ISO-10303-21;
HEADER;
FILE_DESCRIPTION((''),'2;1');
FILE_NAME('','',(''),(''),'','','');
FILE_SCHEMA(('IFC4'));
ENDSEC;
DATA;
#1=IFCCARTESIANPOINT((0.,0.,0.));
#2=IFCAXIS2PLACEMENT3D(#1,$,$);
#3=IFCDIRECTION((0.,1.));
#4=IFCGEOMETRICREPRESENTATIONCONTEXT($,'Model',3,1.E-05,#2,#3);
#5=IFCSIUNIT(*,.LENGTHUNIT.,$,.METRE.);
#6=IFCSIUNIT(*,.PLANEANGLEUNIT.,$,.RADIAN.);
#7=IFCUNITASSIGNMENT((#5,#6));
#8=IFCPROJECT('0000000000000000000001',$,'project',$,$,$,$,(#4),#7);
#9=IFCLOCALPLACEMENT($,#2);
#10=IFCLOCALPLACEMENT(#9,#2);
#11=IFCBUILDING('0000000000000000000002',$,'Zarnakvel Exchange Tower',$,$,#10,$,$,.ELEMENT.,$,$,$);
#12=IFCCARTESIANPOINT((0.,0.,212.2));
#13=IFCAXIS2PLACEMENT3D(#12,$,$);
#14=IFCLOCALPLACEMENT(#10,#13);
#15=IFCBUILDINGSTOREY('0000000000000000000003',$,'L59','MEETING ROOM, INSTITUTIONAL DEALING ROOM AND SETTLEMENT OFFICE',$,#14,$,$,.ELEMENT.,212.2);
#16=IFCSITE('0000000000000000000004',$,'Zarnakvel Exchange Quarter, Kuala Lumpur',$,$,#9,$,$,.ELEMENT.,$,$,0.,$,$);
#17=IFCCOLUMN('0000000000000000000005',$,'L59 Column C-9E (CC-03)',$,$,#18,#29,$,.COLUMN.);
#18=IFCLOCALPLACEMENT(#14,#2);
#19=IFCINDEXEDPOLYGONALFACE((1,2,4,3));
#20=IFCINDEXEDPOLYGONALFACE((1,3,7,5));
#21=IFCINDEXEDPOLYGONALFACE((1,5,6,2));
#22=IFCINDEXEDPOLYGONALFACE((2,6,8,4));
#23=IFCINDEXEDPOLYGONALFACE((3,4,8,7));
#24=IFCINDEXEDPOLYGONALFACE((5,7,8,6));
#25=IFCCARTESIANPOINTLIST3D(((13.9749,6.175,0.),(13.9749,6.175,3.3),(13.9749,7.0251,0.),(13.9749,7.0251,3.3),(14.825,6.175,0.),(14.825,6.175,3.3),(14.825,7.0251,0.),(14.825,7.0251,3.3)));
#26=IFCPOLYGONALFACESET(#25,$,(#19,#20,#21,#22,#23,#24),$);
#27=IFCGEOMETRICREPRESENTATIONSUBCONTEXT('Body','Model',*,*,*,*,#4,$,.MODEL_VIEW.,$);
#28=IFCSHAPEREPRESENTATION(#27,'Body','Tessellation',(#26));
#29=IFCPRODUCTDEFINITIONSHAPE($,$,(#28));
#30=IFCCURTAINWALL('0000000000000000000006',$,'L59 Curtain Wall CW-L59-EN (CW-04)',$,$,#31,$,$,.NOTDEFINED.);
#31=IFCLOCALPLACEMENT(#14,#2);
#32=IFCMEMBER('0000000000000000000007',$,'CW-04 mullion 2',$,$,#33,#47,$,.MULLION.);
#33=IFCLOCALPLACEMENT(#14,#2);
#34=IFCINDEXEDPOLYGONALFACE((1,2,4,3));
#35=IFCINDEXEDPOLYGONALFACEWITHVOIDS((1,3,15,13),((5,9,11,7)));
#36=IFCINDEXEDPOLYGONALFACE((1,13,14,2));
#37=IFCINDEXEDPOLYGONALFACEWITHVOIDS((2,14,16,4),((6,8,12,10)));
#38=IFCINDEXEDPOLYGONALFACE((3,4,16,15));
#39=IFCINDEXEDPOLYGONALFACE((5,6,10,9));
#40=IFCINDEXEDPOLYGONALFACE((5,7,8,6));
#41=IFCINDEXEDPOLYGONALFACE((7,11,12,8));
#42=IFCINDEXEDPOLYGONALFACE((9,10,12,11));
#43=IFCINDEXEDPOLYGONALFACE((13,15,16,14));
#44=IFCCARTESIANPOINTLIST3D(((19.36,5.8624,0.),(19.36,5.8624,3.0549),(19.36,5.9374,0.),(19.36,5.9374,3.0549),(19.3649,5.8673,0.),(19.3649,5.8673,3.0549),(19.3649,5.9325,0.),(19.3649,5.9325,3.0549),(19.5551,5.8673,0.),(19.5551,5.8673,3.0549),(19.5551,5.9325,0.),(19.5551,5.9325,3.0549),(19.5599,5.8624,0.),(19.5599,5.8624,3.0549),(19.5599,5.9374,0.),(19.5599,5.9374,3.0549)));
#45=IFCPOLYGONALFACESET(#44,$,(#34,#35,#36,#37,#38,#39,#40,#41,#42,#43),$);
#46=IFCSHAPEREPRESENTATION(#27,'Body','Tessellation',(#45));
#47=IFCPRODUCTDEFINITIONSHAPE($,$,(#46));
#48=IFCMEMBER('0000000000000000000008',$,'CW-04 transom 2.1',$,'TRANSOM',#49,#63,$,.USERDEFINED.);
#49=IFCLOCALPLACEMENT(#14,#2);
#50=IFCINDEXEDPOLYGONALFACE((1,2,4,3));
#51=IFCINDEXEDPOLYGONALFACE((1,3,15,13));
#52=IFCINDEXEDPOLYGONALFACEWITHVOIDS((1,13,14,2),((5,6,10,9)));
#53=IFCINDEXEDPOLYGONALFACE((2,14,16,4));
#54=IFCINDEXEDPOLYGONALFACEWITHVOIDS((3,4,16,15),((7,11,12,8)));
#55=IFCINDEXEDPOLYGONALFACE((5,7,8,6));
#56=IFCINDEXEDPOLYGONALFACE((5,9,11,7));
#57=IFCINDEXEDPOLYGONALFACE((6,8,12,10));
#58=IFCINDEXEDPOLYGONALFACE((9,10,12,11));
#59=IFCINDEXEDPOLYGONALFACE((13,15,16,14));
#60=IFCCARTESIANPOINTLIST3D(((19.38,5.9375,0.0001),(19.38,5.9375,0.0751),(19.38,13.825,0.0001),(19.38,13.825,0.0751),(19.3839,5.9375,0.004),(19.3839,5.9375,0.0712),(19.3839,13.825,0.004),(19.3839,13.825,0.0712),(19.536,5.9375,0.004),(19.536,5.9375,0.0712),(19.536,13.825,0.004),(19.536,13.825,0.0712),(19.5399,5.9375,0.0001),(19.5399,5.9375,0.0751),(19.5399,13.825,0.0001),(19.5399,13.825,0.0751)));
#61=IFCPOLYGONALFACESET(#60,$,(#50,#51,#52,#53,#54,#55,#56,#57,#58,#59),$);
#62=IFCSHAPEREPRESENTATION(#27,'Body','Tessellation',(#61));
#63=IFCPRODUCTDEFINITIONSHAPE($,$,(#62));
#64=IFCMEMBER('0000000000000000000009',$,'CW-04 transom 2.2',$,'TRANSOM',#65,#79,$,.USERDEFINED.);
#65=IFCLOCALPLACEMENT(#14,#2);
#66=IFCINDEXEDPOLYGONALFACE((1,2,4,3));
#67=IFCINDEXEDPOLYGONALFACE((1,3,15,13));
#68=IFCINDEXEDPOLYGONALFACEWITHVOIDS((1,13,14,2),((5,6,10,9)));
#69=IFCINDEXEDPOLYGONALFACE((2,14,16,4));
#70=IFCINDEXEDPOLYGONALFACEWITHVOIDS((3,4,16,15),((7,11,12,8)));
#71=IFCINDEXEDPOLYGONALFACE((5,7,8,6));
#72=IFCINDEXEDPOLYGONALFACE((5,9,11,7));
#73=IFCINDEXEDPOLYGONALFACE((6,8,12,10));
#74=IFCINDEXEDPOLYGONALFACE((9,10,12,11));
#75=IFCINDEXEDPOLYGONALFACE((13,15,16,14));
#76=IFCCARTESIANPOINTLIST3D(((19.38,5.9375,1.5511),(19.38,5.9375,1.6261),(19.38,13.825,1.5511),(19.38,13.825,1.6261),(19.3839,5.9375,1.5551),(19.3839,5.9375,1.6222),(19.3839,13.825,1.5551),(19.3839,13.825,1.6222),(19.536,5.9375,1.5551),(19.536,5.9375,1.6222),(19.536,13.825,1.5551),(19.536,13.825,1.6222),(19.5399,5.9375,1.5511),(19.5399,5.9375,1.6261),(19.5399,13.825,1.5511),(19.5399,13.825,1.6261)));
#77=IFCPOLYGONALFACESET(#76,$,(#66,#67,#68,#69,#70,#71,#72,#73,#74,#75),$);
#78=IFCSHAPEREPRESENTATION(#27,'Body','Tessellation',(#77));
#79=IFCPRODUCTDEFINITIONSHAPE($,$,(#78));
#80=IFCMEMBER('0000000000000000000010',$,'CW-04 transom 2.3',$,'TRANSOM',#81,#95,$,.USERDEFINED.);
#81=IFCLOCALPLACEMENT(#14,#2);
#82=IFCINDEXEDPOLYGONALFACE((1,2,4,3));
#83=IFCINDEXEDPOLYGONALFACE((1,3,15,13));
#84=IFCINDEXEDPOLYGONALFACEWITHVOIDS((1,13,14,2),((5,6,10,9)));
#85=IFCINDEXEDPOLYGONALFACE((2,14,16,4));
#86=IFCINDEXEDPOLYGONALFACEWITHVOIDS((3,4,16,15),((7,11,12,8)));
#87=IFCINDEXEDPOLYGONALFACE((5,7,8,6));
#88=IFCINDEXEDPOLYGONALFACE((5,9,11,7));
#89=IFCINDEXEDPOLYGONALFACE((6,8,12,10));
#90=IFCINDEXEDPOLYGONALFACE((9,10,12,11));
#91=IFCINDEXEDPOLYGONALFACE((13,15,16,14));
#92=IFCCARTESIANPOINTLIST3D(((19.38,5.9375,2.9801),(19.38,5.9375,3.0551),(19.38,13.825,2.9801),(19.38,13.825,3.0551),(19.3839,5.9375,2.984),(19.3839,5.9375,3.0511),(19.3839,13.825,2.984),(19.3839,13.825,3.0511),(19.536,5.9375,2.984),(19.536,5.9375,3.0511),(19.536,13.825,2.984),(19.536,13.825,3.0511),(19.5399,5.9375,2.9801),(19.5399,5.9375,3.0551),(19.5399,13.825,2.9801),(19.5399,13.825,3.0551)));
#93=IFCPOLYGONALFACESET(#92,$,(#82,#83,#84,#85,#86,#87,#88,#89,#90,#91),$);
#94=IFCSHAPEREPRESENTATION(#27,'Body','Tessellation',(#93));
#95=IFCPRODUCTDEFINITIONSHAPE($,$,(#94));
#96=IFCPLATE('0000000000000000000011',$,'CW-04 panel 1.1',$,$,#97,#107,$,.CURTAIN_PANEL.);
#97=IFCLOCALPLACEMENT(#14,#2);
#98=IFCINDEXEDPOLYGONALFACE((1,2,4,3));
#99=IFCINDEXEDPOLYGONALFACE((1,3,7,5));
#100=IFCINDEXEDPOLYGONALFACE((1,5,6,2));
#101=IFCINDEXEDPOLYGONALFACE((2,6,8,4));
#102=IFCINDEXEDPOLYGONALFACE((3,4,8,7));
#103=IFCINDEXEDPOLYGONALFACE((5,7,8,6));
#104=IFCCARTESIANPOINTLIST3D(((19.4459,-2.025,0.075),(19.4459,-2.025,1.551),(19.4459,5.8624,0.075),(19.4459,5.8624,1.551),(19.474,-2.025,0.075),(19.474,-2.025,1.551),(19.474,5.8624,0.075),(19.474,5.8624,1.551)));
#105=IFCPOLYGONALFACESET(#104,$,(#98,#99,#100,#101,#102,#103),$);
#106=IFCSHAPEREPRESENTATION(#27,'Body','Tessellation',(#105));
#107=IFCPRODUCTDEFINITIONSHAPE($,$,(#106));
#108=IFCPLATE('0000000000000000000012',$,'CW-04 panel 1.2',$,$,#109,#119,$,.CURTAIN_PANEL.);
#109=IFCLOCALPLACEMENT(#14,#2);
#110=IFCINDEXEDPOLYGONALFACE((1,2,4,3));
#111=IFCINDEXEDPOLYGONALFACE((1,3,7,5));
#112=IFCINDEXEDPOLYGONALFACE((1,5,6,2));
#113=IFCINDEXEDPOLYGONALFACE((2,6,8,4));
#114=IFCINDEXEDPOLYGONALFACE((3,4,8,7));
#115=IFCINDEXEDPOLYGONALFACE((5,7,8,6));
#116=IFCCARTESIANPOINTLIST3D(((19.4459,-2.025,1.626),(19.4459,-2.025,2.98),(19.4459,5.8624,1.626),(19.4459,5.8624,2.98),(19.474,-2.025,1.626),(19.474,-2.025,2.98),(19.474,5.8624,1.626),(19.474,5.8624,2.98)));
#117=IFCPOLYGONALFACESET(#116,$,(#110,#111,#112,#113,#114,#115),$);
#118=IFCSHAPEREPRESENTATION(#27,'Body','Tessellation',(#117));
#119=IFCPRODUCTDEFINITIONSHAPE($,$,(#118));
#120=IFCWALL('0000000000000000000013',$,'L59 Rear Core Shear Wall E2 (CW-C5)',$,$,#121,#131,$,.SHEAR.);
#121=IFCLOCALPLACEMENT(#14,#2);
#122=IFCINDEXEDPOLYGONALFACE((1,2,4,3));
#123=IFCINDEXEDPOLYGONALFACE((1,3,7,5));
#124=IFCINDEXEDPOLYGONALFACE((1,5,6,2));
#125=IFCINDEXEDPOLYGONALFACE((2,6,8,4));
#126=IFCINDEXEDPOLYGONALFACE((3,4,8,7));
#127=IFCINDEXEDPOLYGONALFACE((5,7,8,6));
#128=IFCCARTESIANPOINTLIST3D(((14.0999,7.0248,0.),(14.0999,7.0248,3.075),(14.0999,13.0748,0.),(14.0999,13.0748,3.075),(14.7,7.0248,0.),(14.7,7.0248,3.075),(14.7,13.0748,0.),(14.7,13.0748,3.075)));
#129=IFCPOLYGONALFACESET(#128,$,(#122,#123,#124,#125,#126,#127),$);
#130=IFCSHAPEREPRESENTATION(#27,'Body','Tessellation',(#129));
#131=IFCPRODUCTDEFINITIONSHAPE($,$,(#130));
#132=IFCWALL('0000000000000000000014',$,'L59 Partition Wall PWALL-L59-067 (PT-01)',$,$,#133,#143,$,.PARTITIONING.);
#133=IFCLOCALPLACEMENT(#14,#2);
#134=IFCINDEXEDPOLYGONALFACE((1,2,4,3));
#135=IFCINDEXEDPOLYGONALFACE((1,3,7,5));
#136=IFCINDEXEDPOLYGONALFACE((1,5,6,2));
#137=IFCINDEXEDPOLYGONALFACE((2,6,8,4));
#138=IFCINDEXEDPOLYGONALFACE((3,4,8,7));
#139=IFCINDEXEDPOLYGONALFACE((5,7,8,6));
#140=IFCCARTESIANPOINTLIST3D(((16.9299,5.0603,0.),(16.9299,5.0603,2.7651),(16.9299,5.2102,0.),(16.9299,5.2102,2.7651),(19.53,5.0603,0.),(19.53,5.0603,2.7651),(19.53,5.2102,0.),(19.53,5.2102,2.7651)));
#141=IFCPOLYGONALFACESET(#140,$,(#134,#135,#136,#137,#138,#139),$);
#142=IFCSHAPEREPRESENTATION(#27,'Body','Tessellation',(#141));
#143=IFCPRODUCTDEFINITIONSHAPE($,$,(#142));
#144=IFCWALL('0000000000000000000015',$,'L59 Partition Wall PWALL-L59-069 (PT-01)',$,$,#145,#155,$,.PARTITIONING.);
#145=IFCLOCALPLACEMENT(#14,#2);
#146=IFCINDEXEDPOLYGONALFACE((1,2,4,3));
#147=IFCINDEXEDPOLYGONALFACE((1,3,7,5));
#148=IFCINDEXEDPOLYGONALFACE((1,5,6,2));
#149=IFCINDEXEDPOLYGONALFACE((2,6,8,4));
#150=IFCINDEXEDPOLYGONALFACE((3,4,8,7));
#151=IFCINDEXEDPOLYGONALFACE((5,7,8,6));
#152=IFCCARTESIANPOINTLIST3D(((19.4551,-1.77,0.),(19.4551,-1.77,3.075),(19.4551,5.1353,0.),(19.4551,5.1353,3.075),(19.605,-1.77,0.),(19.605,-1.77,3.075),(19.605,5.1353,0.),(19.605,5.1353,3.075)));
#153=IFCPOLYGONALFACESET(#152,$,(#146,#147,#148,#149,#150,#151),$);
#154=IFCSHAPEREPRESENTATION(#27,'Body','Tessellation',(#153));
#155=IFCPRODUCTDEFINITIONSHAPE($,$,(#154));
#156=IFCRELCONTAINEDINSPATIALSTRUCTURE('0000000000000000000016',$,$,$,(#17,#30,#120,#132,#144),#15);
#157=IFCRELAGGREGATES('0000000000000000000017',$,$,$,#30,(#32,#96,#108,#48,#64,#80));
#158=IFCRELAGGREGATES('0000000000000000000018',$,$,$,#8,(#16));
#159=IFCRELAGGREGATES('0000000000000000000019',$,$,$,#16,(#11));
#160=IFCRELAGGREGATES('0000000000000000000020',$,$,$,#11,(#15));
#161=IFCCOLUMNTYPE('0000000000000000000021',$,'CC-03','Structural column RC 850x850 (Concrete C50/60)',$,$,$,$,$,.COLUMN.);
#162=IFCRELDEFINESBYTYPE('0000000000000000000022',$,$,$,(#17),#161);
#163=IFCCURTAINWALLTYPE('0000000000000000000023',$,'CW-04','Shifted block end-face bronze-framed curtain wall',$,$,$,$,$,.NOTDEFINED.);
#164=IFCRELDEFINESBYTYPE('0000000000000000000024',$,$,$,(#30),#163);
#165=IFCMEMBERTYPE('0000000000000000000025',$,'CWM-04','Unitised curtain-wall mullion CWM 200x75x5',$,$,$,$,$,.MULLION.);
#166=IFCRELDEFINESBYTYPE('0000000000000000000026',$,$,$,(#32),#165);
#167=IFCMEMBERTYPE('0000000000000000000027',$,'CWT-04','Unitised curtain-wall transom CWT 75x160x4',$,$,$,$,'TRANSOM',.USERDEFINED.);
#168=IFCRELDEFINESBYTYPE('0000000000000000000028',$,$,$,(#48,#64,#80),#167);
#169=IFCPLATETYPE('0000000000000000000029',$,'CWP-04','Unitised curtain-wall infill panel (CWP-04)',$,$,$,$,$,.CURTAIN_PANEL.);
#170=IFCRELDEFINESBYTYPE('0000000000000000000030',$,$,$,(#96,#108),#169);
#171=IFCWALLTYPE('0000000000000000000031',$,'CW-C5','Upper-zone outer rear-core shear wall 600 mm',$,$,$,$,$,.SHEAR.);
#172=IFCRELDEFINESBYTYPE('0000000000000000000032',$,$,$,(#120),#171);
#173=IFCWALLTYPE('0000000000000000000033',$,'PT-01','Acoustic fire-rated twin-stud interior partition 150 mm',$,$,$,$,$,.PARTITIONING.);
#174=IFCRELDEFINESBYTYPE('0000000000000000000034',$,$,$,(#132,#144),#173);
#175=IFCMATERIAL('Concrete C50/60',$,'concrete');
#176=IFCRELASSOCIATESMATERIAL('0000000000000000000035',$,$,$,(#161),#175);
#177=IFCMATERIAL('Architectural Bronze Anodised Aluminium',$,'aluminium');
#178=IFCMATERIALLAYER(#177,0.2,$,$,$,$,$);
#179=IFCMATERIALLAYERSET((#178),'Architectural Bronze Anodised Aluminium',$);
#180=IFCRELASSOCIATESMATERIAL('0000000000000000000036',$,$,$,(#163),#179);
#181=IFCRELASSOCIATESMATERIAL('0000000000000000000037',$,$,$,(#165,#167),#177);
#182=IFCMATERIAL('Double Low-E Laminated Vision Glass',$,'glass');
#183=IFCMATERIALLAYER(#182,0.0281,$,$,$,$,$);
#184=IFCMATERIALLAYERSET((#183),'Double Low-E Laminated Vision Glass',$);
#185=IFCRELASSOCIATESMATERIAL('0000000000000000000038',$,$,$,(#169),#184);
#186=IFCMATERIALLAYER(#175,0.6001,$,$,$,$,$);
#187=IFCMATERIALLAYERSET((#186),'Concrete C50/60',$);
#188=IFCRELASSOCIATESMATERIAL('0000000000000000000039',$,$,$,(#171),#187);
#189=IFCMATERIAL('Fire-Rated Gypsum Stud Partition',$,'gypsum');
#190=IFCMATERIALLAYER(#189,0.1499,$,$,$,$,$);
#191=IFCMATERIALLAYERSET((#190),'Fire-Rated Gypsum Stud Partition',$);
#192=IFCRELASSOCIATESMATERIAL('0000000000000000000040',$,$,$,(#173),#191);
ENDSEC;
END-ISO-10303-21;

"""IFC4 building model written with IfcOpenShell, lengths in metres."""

from ifc_helpers import new_model, si_unit, direction, frame, frame_2d, origin, origin_2d, place, context, subcontext, project, spatial, rectangle, hollow_rectangle, extrude, source, transform, mapped, material, layer, layer_set, material_profile, profile_set, type_object, element, aggregate, save


model = new_model("IFC4")

# Units and contexts
model_context = context("Model", 3, precision=1e-05, world=origin(), true_north=direction((0.0, 1.0)))
body_context = subcontext(model_context, "Body", "Model", "MODEL_VIEW")
ifc_project = project(units=[si_unit("LENGTHUNIT", "METRE"), si_unit("PLANEANGLEUNIT", "RADIAN")], contexts=[model_context])

# Site, building, storey
site_placement = place(None, origin())
site = spatial("IfcSite", under=ifc_project, at=site_placement, Name="Zarnakvel Exchange Quarter, Kuala Lumpur", CompositionType="ELEMENT", RefElevation=0.0)
building_placement = place(site_placement, origin())
building = spatial("IfcBuilding", under=site, at=building_placement, Name="Zarnakvel Exchange Tower", CompositionType="ELEMENT")
storey_placement = place(building_placement, frame((0.0, 0.0, 212.2)))
storey = spatial("IfcBuildingStorey", under=building, at=storey_placement, Name="L59", Description="MEETING ROOM, INSTITUTIONAL DEALING ROOM AND SETTLEMENT OFFICE", CompositionType="ELEMENT", Elevation=212.2)

# Column
ifc_material_1 = material(Name="Concrete C50/60", Category="concrete")
ifc_material_profile_1 = material_profile(ifc_material_1, rectangle(XDim=0.8501, YDim=0.8501, at=origin_2d()))
ifc_profile_set_1 = profile_set([ifc_material_profile_1], Name="Concrete C50/60")
column_type = type_object("IfcColumnType", Name="CC-03", Description="Structural column RC 850x850 (Concrete C50/60)", PredefinedType="COLUMN", material=ifc_profile_set_1)
column_placement = place(storey_placement, frame((14.3999, 6.6001, 0.0), z_axis=(0.0, 0.0, 1.0), x_axis=(1.0, 0.0, 0.0)))
element("IfcColumn", 1, at=column_placement, inside=storey, type_object=column_type, Name="L59 Column C-9E (CC-03)", PredefinedType="COLUMN", context=body_context, shape_type="SweptSolid", body=[
    extrude(rectangle(XDim=0.8501, YDim=0.8501, at=origin_2d()), origin(), (0.0, 0.0, 1.0), 3.3),
])

# Curtain wall, members, plates
ifc_material_2 = material(Name="Architectural Bronze Anodised Aluminium", Category="aluminium")
ifc_layer_1 = layer(ifc_material_2, 0.2)
ifc_layer_set_1 = layer_set([ifc_layer_1], Name="Architectural Bronze Anodised Aluminium")
curtain_wall_type = type_object("IfcCurtainWallType", Name="CW-04", Description="Shifted block end-face bronze-framed curtain wall", PredefinedType="NOTDEFINED", material=ifc_layer_set_1)
curtain_wall_placement = place(storey_placement, origin())
curtain_wall = element("IfcCurtainWall", 2, at=curtain_wall_placement, inside=storey, type_object=curtain_wall_type, Name="L59 Curtain Wall CW-L59-EN (CW-04)", PredefinedType="NOTDEFINED")
ifc_material_profile_2 = material_profile(ifc_material_2, hollow_rectangle(XDim=0.2, YDim=0.075, WallThickness=0.0049, at=origin_2d()))
ifc_profile_set_2 = profile_set([ifc_material_profile_2], Name="Architectural Bronze Anodised Aluminium")
member_type_1 = type_object("IfcMemberType", Name="CWM-04", Description="Unitised curtain-wall mullion CWM 200x75x5", PredefinedType="MULLION", material=ifc_profile_set_2)
shared_shape_1 = source(origin(), body_context, "Body", "SweptSolid", [
    extrude(hollow_rectangle(XDim=0.2, YDim=0.075, WallThickness=0.0049, at=origin_2d()), origin(), (0.0, 0.0, 1.0), 3.0549),
])
member_1_placement = place(storey_placement, frame((19.46, 5.8999, 0.0), z_axis=(0.0, 0.0, 1.0), x_axis=(-1.0, 0.0, 0.0)))
member_1 = element("IfcMember", 3, at=member_1_placement, type_object=member_type_1, Name="CW-04 mullion 2", PredefinedType="MULLION", context=body_context, shape_type="MappedRepresentation", body=[
    mapped(shared_shape_1, transform((0.0, 0.0, 0.0), x_axis=(1.0, 0.0, 0.0), y_axis=(0.0, 1.0, 0.0), z_axis=(0.0, 0.0, 1.0), scale=1.0)),
])
ifc_material_profile_3 = material_profile(ifc_material_2, hollow_rectangle(XDim=0.1599, YDim=0.075, WallThickness=0.0039, at=origin_2d()))
ifc_profile_set_3 = profile_set([ifc_material_profile_3], Name="Architectural Bronze Anodised Aluminium")
member_type_2 = type_object("IfcMemberType", Name="CWT-04", Description="Unitised curtain-wall transom CWT 75x160x4", ElementType="TRANSOM", PredefinedType="USERDEFINED", material=ifc_profile_set_3)
shared_shape_2 = source(origin(), body_context, "Body", "SweptSolid", [
    extrude(hollow_rectangle(XDim=0.1599, YDim=0.075, WallThickness=0.0039, at=origin_2d()), origin(), (0.0, 0.0, 1.0), 7.8875),
])
member_2_placement = place(storey_placement, frame((19.46, 5.9375, 0.0376), z_axis=(0.0, 1.0, 0.0), x_axis=(-1.0, 0.0, 0.0)))
member_2 = element("IfcMember", 4, at=member_2_placement, type_object=member_type_2, Name="CW-04 transom 2.1", ObjectType="TRANSOM", PredefinedType="USERDEFINED", context=body_context, shape_type="MappedRepresentation", body=[
    mapped(shared_shape_2, transform((0.0, 0.0, 0.0), x_axis=(1.0, 0.0, 0.0), y_axis=(0.0, 1.0, 0.0), z_axis=(0.0, 0.0, 1.0), scale=1.0)),
])
member_3_placement = place(storey_placement, frame((19.46, 5.9375, 1.5886), z_axis=(0.0, 1.0, 0.0), x_axis=(-1.0, 0.0, 0.0)))
member_3 = element("IfcMember", 5, at=member_3_placement, type_object=member_type_2, Name="CW-04 transom 2.2", ObjectType="TRANSOM", PredefinedType="USERDEFINED", context=body_context, shape_type="MappedRepresentation", body=[
    mapped(shared_shape_2, transform((0.0, 0.0, 0.0), x_axis=(1.0, 0.0, 0.0), y_axis=(0.0, 1.0, 0.0), z_axis=(0.0, 0.0, 1.0), scale=1.0)),
])
member_4_placement = place(storey_placement, frame((19.46, 5.9375, 3.0176), z_axis=(0.0, 1.0, 0.0), x_axis=(-1.0, 0.0, 0.0)))
member_4 = element("IfcMember", 6, at=member_4_placement, type_object=member_type_2, Name="CW-04 transom 2.3", ObjectType="TRANSOM", PredefinedType="USERDEFINED", context=body_context, shape_type="MappedRepresentation", body=[
    mapped(shared_shape_2, transform((0.0, 0.0, 0.0), x_axis=(1.0, 0.0, 0.0), y_axis=(0.0, 1.0, 0.0), z_axis=(0.0, 0.0, 1.0), scale=1.0)),
])
ifc_material_3 = material(Name="Double Low-E Laminated Vision Glass", Category="glass")
ifc_layer_2 = layer(ifc_material_3, 0.0281)
ifc_layer_set_2 = layer_set([ifc_layer_2], Name="Double Low-E Laminated Vision Glass")
plate_type = type_object("IfcPlateType", Name="CWP-04", Description="Unitised curtain-wall infill panel (CWP-04)", PredefinedType="CURTAIN_PANEL", material=ifc_layer_set_2)
shared_shape_3 = source(origin(), body_context, "Body", "SweptSolid", [
    extrude(rectangle(XDim=7.8875, YDim=0.0281, at=origin_2d()), origin(), (0.0, 0.0, 1.0), 1.4761),
])
plate_1_placement = place(storey_placement, frame((19.46, 1.9187, 0.075), z_axis=(0.0, 0.0, 1.0), x_axis=(0.0, 1.0, 0.0)))
plate_1 = element("IfcPlate", 7, at=plate_1_placement, type_object=plate_type, Name="CW-04 panel 1.1", PredefinedType="CURTAIN_PANEL", context=body_context, shape_type="MappedRepresentation", body=[
    mapped(shared_shape_3, transform((0.0, 0.0, 0.0), x_axis=(1.0, 0.0, 0.0), y_axis=(0.0, 1.0, 0.0), z_axis=(0.0, 0.0, 1.0), scale=1.0)),
])
shared_shape_4 = source(origin(), body_context, "Body", "SweptSolid", [
    extrude(rectangle(XDim=7.8875, YDim=0.0281, at=origin_2d()), origin(), (0.0, 0.0, 1.0), 1.354),
])
plate_2_placement = place(storey_placement, frame((19.46, 1.9187, 1.626), z_axis=(0.0, 0.0, 1.0), x_axis=(0.0, 1.0, 0.0)))
plate_2 = element("IfcPlate", 8, at=plate_2_placement, type_object=plate_type, Name="CW-04 panel 1.2", PredefinedType="CURTAIN_PANEL", context=body_context, shape_type="MappedRepresentation", body=[
    mapped(shared_shape_4, transform((0.0, 0.0, 0.0), x_axis=(1.0, 0.0, 0.0), y_axis=(0.0, 1.0, 0.0), z_axis=(0.0, 0.0, 1.0), scale=1.0)),
])
aggregate(curtain_wall, [member_1, plate_1, plate_2, member_2, member_3, member_4])

# Walls
ifc_layer_3 = layer(ifc_material_1, 0.6001)
ifc_layer_set_3 = layer_set([ifc_layer_3], Name="Concrete C50/60")
wall_type_1 = type_object("IfcWallType", Name="CW-C5", Description="Upper-zone outer rear-core shear wall 600 mm", PredefinedType="SHEAR", material=ifc_layer_set_3)
wall_1_placement = place(storey_placement, frame((14.3999, 7.0249, 0.0), z_axis=(0.0, 0.0, 1.0), x_axis=(0.0, 1.0, 0.0)))
element("IfcWall", 9, at=wall_1_placement, inside=storey, type_object=wall_type_1, Name="L59 Rear Core Shear Wall E2 (CW-C5)", PredefinedType="SHEAR", context=body_context, shape_type="SweptSolid", body=[
    extrude(rectangle(XDim=6.05, YDim=0.6001, at=frame_2d((3.0249, 0.0))), origin(), (0.0, 0.0, 1.0), 3.075),
])
ifc_material_4 = material(Name="Fire-Rated Gypsum Stud Partition", Category="gypsum")
ifc_layer_4 = layer(ifc_material_4, 0.1499)
ifc_layer_set_4 = layer_set([ifc_layer_4], Name="Fire-Rated Gypsum Stud Partition")
wall_type_2 = type_object("IfcWallType", Name="PT-01", Description="Acoustic fire-rated twin-stud interior partition 150 mm", PredefinedType="PARTITIONING", material=ifc_layer_set_4)
wall_2_placement = place(storey_placement, frame((16.9299, 5.1353, 0.0), z_axis=(0.0, 0.0, 1.0), x_axis=(1.0, 0.0, 0.0)))
element("IfcWall", 10, at=wall_2_placement, inside=storey, type_object=wall_type_2, Name="L59 Partition Wall PWALL-L59-067 (PT-01)", PredefinedType="PARTITIONING", context=body_context, shape_type="SweptSolid", body=[
    extrude(rectangle(XDim=2.6001, YDim=0.1499, at=frame_2d((1.3, 0.0))), origin(), (0.0, 0.0, 1.0), 2.7651),
])
wall_3_placement = place(storey_placement, frame((19.53, 5.1353, 0.0), z_axis=(0.0, 0.0, 1.0), x_axis=(0.0, -1.0, 0.0)))
element("IfcWall", 11, at=wall_3_placement, inside=storey, type_object=wall_type_2, Name="L59 Partition Wall PWALL-L59-069 (PT-01)", PredefinedType="PARTITIONING", context=body_context, shape_type="SweptSolid", body=[
    extrude(rectangle(XDim=6.9053, YDim=0.1499, at=frame_2d((3.4526, 0.0))), origin(), (0.0, 0.0, 1.0), 3.075),
])

save(model, "model.ifc")
